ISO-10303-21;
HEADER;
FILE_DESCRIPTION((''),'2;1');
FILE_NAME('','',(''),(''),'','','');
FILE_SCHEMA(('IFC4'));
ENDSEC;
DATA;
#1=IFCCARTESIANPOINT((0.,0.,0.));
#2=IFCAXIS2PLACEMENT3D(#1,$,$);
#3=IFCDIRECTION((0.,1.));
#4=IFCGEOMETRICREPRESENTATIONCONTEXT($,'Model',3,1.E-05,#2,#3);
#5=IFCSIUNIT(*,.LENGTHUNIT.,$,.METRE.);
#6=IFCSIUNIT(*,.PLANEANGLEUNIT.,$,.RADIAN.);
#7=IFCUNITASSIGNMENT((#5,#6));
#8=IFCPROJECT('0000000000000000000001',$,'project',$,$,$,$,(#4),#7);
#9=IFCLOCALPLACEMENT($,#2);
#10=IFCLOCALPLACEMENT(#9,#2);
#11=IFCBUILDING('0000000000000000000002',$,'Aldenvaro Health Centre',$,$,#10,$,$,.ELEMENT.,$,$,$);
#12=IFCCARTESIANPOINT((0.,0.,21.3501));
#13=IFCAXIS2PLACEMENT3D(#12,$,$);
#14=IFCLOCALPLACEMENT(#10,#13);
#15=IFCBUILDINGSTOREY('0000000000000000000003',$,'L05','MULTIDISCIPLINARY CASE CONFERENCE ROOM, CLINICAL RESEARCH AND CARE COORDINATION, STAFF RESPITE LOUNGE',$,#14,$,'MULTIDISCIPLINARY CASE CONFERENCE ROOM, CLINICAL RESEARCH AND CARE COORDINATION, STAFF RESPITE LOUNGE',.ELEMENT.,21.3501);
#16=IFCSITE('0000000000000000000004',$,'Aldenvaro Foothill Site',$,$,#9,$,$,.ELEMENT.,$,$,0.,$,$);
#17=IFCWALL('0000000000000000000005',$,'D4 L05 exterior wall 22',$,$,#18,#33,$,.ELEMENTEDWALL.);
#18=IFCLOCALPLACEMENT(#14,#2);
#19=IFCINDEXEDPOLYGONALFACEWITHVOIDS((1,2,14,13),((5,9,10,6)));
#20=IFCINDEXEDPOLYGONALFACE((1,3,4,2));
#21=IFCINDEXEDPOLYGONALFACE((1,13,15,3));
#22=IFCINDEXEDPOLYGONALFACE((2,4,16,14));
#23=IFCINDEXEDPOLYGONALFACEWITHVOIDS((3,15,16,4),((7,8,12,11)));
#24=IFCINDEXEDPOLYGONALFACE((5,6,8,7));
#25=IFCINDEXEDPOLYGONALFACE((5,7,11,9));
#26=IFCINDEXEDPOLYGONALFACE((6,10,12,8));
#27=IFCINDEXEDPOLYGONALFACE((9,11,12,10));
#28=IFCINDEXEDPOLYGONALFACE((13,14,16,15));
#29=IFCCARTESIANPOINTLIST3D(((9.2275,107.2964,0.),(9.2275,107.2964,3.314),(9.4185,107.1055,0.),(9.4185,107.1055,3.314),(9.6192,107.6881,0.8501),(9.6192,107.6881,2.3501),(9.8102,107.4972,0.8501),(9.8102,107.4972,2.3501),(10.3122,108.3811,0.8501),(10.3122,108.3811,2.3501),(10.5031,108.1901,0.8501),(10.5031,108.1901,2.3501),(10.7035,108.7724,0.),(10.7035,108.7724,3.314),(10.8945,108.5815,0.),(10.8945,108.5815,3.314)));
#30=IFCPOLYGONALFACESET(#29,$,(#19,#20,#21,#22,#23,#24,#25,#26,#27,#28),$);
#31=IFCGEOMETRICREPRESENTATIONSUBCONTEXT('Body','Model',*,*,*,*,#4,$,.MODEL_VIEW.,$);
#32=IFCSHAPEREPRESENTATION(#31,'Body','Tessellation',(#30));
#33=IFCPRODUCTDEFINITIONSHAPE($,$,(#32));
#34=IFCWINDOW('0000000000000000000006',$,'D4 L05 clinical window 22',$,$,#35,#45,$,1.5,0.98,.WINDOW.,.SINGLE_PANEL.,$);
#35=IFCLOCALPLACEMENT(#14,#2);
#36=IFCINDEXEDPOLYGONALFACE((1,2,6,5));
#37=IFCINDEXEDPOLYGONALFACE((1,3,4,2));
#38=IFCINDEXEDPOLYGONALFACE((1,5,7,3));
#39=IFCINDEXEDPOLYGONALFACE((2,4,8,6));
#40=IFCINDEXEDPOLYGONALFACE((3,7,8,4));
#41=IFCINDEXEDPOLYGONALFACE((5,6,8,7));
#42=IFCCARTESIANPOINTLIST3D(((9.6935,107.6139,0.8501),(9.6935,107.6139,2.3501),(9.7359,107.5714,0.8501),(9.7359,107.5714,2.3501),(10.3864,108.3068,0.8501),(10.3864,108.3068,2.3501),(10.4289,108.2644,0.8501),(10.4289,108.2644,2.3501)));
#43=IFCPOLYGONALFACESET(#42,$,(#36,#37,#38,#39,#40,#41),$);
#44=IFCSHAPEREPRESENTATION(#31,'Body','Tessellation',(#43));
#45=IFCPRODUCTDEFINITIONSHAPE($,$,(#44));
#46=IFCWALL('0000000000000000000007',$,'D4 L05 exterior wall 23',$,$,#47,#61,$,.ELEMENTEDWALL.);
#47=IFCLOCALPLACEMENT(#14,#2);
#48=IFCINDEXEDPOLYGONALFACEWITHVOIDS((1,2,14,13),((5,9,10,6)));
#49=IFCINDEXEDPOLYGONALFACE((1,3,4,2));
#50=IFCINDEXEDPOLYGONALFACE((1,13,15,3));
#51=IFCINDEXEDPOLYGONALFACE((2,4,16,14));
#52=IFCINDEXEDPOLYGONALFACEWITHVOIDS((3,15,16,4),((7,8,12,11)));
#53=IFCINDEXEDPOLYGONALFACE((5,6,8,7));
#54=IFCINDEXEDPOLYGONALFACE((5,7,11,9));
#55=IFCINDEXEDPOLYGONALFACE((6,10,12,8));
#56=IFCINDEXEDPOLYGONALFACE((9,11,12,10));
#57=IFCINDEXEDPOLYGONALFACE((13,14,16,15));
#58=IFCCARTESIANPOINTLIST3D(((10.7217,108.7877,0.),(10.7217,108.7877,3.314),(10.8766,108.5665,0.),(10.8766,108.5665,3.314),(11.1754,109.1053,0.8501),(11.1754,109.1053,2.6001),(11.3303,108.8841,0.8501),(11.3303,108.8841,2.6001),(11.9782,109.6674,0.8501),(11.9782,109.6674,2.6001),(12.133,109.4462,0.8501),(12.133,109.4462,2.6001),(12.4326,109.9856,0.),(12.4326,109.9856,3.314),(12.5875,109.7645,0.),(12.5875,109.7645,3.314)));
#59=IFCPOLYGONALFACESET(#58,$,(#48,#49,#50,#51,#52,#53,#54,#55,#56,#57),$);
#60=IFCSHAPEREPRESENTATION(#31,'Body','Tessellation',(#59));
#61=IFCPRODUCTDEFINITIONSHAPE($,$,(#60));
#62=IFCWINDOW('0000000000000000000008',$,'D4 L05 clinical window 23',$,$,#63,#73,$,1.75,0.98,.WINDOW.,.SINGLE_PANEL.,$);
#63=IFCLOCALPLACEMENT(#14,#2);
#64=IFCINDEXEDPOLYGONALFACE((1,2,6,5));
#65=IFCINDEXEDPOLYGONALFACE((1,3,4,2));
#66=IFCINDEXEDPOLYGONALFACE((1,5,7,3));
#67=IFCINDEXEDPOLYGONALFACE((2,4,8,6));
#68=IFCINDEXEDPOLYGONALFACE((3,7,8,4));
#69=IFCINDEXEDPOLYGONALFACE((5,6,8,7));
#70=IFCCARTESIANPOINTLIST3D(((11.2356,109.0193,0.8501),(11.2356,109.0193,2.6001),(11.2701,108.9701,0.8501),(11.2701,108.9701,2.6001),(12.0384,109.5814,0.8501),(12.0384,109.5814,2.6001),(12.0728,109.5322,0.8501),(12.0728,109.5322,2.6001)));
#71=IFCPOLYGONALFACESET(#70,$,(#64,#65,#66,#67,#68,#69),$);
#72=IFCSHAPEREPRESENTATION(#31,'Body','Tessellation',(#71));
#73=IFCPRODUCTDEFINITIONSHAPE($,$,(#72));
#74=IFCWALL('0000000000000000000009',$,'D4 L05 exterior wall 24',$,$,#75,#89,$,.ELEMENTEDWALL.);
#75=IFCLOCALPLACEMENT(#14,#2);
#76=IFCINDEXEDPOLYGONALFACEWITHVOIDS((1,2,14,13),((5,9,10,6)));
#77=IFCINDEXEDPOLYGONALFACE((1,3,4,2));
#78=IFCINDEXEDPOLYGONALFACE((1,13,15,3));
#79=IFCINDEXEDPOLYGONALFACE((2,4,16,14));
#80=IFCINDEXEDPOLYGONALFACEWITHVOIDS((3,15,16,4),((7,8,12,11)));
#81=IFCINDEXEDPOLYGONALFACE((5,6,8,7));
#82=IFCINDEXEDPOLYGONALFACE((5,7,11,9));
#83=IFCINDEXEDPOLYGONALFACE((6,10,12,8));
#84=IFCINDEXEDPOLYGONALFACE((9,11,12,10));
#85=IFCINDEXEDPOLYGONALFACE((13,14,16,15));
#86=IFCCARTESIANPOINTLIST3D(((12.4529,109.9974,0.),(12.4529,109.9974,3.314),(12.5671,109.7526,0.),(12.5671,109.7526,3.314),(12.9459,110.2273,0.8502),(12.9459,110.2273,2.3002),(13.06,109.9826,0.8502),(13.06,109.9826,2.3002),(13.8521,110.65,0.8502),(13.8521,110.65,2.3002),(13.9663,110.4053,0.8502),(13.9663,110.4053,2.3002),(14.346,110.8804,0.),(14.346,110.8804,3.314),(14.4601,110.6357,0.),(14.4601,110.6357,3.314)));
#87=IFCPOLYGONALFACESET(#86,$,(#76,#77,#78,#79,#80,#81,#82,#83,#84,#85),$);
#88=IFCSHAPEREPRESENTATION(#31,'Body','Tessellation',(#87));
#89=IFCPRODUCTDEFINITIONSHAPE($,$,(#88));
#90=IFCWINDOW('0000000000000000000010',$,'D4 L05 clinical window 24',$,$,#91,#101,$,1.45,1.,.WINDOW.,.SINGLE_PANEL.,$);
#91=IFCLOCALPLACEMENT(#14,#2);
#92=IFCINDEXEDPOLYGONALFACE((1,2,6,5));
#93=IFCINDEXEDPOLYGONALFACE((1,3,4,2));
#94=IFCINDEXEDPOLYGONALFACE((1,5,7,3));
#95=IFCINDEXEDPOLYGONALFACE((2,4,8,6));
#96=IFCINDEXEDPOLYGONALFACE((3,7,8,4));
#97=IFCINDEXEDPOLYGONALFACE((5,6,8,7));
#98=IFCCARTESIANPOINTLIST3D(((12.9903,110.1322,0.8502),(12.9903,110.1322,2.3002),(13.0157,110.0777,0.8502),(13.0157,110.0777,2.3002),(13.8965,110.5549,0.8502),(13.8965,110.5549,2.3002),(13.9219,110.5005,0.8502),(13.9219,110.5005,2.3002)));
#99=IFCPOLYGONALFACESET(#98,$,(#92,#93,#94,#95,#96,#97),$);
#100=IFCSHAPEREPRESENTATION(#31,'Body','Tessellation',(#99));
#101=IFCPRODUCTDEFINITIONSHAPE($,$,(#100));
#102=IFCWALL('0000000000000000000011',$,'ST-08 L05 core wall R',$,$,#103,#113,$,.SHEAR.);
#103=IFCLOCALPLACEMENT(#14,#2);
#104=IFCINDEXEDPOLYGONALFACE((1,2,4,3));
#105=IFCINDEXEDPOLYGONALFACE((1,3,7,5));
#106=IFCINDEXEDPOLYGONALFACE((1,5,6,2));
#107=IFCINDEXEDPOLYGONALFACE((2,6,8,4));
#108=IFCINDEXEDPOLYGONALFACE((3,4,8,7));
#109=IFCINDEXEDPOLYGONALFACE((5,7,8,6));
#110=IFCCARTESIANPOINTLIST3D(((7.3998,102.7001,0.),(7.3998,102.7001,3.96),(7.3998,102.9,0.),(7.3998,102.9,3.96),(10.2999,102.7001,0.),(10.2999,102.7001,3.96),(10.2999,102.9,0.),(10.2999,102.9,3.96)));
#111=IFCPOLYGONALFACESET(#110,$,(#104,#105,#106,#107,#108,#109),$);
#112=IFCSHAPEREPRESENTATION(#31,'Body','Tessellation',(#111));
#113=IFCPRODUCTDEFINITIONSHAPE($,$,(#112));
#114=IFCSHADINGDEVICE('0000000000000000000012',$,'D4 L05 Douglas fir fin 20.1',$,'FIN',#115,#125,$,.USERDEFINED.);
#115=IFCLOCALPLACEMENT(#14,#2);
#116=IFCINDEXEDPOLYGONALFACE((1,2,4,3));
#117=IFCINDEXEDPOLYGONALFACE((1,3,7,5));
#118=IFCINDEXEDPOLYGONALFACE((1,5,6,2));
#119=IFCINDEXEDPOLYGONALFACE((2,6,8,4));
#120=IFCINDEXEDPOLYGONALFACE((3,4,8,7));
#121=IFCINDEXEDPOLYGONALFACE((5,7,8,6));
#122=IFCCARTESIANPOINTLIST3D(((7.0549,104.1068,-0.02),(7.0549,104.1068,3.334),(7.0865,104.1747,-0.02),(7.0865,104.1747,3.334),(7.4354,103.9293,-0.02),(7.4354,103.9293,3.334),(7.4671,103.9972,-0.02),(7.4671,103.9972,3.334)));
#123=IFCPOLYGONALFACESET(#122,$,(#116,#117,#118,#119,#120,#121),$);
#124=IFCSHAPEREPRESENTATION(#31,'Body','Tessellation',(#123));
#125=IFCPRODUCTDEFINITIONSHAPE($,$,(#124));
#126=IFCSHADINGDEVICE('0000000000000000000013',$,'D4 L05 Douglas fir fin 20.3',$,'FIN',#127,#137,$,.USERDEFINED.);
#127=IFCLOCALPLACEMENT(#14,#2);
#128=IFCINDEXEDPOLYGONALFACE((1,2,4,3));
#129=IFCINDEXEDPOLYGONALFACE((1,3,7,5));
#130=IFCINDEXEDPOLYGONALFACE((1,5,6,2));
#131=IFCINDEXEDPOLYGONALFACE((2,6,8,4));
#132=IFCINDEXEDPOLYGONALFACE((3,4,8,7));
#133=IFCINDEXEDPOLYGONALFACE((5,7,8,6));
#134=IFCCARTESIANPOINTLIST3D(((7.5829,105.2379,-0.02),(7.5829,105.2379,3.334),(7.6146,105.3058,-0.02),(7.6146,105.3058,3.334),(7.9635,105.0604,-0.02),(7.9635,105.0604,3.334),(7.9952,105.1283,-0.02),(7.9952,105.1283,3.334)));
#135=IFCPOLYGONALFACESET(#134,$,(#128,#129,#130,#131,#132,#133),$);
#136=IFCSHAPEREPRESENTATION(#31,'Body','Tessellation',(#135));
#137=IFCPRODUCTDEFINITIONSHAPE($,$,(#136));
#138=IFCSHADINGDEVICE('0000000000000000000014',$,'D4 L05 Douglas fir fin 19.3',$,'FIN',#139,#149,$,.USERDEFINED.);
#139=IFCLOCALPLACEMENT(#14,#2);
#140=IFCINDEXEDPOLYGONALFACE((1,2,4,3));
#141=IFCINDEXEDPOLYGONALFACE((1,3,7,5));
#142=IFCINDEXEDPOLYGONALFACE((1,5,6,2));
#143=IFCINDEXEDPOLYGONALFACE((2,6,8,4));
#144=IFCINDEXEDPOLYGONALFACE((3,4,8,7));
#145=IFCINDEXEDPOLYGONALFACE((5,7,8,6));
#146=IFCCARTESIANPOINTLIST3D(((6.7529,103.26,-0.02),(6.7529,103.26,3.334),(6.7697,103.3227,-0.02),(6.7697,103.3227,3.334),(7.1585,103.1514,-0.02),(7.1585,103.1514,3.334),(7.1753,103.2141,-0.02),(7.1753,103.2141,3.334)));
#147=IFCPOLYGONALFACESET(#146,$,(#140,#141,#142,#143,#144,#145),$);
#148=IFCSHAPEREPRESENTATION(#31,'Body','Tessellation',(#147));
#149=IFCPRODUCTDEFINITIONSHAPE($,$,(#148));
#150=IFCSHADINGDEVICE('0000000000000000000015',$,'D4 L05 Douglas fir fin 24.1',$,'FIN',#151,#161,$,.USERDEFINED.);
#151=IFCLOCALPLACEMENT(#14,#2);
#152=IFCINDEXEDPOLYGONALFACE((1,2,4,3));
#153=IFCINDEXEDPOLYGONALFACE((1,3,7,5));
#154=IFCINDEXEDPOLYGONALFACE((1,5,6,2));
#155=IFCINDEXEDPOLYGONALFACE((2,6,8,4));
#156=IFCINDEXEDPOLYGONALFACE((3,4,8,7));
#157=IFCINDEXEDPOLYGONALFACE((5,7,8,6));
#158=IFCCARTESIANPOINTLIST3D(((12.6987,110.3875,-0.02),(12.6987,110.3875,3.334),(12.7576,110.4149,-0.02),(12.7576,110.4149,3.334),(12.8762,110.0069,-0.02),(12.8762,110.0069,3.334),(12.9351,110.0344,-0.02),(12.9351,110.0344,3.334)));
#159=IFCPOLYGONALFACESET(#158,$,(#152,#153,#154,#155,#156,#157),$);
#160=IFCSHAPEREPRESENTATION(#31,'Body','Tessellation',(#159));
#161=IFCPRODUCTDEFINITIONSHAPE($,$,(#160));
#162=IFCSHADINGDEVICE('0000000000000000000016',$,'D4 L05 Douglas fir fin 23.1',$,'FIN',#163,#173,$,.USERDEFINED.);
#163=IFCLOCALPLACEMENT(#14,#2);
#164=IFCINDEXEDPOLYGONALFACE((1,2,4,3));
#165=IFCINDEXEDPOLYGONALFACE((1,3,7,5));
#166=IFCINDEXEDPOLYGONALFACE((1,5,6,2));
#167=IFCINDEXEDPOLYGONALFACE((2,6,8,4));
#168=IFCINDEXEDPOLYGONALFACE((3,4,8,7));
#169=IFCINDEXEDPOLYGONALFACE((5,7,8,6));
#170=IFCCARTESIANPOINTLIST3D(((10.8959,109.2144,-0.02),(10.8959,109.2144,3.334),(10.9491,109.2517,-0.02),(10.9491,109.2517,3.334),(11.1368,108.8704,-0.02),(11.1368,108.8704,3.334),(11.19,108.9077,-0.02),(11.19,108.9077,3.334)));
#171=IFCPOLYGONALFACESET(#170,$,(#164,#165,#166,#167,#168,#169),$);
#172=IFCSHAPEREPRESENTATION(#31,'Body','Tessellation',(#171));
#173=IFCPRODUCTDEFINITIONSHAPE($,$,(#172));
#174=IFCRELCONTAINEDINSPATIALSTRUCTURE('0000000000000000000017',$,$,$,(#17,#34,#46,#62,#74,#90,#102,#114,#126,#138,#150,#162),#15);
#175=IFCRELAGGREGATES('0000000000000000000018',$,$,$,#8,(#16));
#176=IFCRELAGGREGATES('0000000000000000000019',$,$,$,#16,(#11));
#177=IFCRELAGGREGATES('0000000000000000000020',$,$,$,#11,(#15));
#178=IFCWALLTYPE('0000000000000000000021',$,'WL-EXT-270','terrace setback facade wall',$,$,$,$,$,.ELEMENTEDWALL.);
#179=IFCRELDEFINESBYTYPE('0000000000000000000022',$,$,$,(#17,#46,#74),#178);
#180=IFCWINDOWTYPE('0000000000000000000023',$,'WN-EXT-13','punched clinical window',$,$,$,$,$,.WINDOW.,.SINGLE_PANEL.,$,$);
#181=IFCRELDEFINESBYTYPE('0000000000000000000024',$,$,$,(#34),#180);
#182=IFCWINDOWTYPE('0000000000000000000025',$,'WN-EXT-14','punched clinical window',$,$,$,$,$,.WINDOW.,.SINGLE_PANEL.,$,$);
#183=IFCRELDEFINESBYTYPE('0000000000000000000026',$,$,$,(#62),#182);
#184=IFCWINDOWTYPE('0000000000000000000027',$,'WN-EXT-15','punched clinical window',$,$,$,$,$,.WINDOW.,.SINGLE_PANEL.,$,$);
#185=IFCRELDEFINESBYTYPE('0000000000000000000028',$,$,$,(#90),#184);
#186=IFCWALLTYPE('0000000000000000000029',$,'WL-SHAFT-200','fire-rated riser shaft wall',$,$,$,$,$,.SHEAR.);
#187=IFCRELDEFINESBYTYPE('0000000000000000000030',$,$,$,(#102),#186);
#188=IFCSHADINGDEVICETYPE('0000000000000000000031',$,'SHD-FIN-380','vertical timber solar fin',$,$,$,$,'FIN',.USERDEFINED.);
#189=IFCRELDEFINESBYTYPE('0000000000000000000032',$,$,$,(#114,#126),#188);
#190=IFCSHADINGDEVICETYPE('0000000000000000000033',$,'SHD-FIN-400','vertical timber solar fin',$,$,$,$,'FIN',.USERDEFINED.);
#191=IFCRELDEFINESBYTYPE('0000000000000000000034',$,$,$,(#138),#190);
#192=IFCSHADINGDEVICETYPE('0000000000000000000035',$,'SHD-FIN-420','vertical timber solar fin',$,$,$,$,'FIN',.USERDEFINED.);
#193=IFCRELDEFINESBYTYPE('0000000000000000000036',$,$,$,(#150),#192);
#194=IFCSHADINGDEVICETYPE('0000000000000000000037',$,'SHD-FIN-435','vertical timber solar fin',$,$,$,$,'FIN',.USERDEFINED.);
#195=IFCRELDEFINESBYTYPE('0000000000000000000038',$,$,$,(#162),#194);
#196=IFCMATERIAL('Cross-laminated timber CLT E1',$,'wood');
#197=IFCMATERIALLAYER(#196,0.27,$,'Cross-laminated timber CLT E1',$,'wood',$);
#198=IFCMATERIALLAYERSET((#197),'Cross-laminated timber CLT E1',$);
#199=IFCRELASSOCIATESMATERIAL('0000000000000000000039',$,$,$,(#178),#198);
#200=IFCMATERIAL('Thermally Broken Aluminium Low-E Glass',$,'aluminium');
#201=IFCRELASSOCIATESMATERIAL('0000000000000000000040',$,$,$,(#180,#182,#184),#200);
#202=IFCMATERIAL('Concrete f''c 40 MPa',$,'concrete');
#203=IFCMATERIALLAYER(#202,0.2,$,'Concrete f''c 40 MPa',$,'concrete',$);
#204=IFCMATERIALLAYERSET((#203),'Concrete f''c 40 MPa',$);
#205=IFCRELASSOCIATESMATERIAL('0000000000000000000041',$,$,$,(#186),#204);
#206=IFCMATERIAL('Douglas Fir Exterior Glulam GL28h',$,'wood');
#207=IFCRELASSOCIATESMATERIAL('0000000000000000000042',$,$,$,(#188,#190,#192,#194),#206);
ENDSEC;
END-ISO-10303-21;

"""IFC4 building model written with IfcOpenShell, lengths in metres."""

from ifc_helpers import new_model, si_unit, direction, frame, frame_2d, origin, origin_2d, place, context, subcontext, project, spatial, rectangle, extrude, material, layer, layer_set, type_object, element, fill, save


model = new_model("IFC4")

# Units and contexts
model_context = context("Model", 3, precision=1e-05, world=origin(), true_north=direction((0.0, 1.0)))
body_context = subcontext(model_context, "Body", "Model", "MODEL_VIEW")
ifc_project = project(units=[si_unit("LENGTHUNIT", "METRE"), si_unit("PLANEANGLEUNIT", "RADIAN")], contexts=[model_context])

# Site, building, storey
site_placement = place(None, origin())
site = spatial("IfcSite", under=ifc_project, at=site_placement, Name="Aldenvaro Foothill Site", CompositionType="ELEMENT", RefElevation=0.0)
building_placement = place(site_placement, origin())
building = spatial("IfcBuilding", under=site, at=building_placement, Name="Aldenvaro Health Centre", CompositionType="ELEMENT")
storey_placement = place(building_placement, frame((0.0, 0.0, 21.3501)))
storey = spatial("IfcBuildingStorey", under=building, at=storey_placement, Name="L05", Description="MULTIDISCIPLINARY CASE CONFERENCE ROOM, CLINICAL RESEARCH AND CARE COORDINATION, STAFF RESPITE LOUNGE", LongName="MULTIDISCIPLINARY CASE CONFERENCE ROOM, CLINICAL RESEARCH AND CARE COORDINATION, STAFF RESPITE LOUNGE", CompositionType="ELEMENT", Elevation=21.3501)

# Shared definitions
ifc_material_1 = material(Name="Cross-laminated timber CLT E1", Category="wood")
ifc_layer_1 = layer(ifc_material_1, 0.27, Name="Cross-laminated timber CLT E1", Category="wood")
ifc_layer_set_1 = layer_set([ifc_layer_1], Name="Cross-laminated timber CLT E1")
wall_type_1 = type_object("IfcWallType", Name="WL-EXT-270", Description="terrace setback facade wall", PredefinedType="ELEMENTEDWALL", material=ifc_layer_set_1)
ifc_material_2 = material(Name="Thermally Broken Aluminium Low-E Glass", Category="aluminium")

# Walls, openings, windows
wall_1_placement = place(storey_placement, frame((9.323, 107.2009, 0.0), z_axis=(0.0, 0.0, 1.0), x_axis=(0.707107, 0.707107, 0.0)))
wall_1 = element("IfcWall", 1, at=wall_1_placement, inside=storey, type_object=wall_type_1, Name="D4 L05 exterior wall 22", PredefinedType="ELEMENTEDWALL", context=body_context, shape_type="SweptSolid", body=[
    extrude(rectangle(XDim=2.0874, YDim=0.27, at=frame_2d((1.0437, 0.0))), origin(), (0.0, 0.0, 1.0), 3.314),
])
opening_1_placement = place(wall_1_placement, frame((0.554, 0.0, 0.8501)))
opening_1 = element("IfcOpeningElement", 2, at=opening_1_placement, cuts=wall_1, PredefinedType="OPENING", context=body_context, shape_type="SweptSolid", body=[
    extrude(rectangle(XDim=0.98, YDim=1.5, at=frame_2d((0.49, 0.75))), frame((0.0, 0.145, 0.0), z_axis=(0.0, -1.0, 0.0), x_axis=(1.0, 0.0, 0.0)), (0.0, 0.0, 1.0), 0.29),
])
window_type_1 = type_object("IfcWindowType", Name="WN-EXT-13", Description="punched clinical window", PartitioningType="SINGLE_PANEL", PredefinedType="WINDOW", material=ifc_material_2)
window_1_placement = place(opening_1_placement, origin())
window_1 = element("IfcWindow", 3, at=window_1_placement, inside=storey, type_object=window_type_1, Name="D4 L05 clinical window 22", OverallHeight=1.5, OverallWidth=0.98, PartitioningType="SINGLE_PANEL", PredefinedType="WINDOW", context=body_context, shape_type="SweptSolid", body=[
    extrude(rectangle(XDim=0.98, YDim=1.5, at=frame_2d((0.49, 0.75))), frame((0.0, 0.03, 0.0), z_axis=(0.0, -1.0, 0.0), x_axis=(1.0, 0.0, 0.0)), (0.0, 0.0, 1.0), 0.0601),
])
fill(opening_1, window_1)
wall_2_placement = place(storey_placement, frame((10.7991, 108.677, 0.0), z_axis=(0.0, 0.0, 1.0), x_axis=(0.819155, 0.573572, 0.0)))
wall_2 = element("IfcWall", 4, at=wall_2_placement, inside=storey, type_object=wall_type_1, Name="D4 L05 exterior wall 23", PredefinedType="ELEMENTEDWALL", context=body_context, shape_type="SweptSolid", body=[
    extrude(rectangle(XDim=2.0886, YDim=0.27, at=frame_2d((1.0444, 0.0))), origin(), (0.0, 0.0, 1.0), 3.314),
])
opening_2_placement = place(wall_2_placement, frame((0.554, 0.0, 0.8501)))
opening_2 = element("IfcOpeningElement", 5, at=opening_2_placement, cuts=wall_2, PredefinedType="OPENING", context=body_context, shape_type="SweptSolid", body=[
    extrude(rectangle(XDim=0.98, YDim=1.75, at=frame_2d((0.49, 0.875))), frame((0.0, 0.145, 0.0), z_axis=(0.0, -1.0, 0.0), x_axis=(1.0, 0.0, 0.0)), (0.0, 0.0, 1.0), 0.29),
])
window_type_2 = type_object("IfcWindowType", Name="WN-EXT-14", Description="punched clinical window", PartitioningType="SINGLE_PANEL", PredefinedType="WINDOW", material=ifc_material_2)
window_2_placement = place(opening_2_placement, origin())
window_2 = element("IfcWindow", 6, at=window_2_placement, inside=storey, type_object=window_type_2, Name="D4 L05 clinical window 23", OverallHeight=1.75, OverallWidth=0.98, PartitioningType="SINGLE_PANEL", PredefinedType="WINDOW", context=body_context, shape_type="SweptSolid", body=[
    extrude(rectangle(XDim=0.98, YDim=1.75, at=frame_2d((0.49, 0.875))), frame((0.0, 0.03, 0.0), z_axis=(0.0, -1.0, 0.0), x_axis=(1.0, 0.0, 0.0)), (0.0, 0.0, 1.0), 0.0601),
])
fill(opening_2, window_2)
wall_3_placement = place(storey_placement, frame((12.51, 109.875, 0.0), z_axis=(0.0, 0.0, 1.0), x_axis=(0.906252, 0.422738, 0.0)))
wall_3 = element("IfcWall", 7, at=wall_3_placement, inside=storey, type_object=wall_type_1, Name="D4 L05 exterior wall 24", PredefinedType="ELEMENTEDWALL", context=body_context, shape_type="SweptSolid", body=[
    extrude(rectangle(XDim=2.0889, YDim=0.27, at=frame_2d((1.0444, 0.0))), origin(), (0.0, 0.0, 1.0), 3.314),
])
opening_3_placement = place(wall_3_placement, frame((0.5439, 0.0, 0.8501)))
opening_3 = element("IfcOpeningElement", 8, at=opening_3_placement, cuts=wall_3, PredefinedType="OPENING", context=body_context, shape_type="SweptSolid", body=[
    extrude(rectangle(XDim=1.0, YDim=1.45, at=frame_2d((0.5, 0.7251))), frame((0.0, 0.145, 0.0), z_axis=(0.0, -1.0, 0.0), x_axis=(1.0, 0.0, 0.0)), (0.0, 0.0, 1.0), 0.29),
])
window_type_3 = type_object("IfcWindowType", Name="WN-EXT-15", Description="punched clinical window", PartitioningType="SINGLE_PANEL", PredefinedType="WINDOW", material=ifc_material_2)
window_3_placement = place(opening_3_placement, origin())
window_3 = element("IfcWindow", 9, at=window_3_placement, inside=storey, type_object=window_type_3, Name="D4 L05 clinical window 24", OverallHeight=1.45, OverallWidth=1.0, PartitioningType="SINGLE_PANEL", PredefinedType="WINDOW", context=body_context, shape_type="SweptSolid", body=[
    extrude(rectangle(XDim=1.0, YDim=1.45, at=frame_2d((0.5, 0.7251))), frame((0.0, 0.03, 0.0), z_axis=(0.0, -1.0, 0.0), x_axis=(1.0, 0.0, 0.0)), (0.0, 0.0, 1.0), 0.0601),
])
fill(opening_3, window_3)

# Wall
ifc_material_3 = material(Name="Concrete f'c 40 MPa", Category="concrete")
ifc_layer_2 = layer(ifc_material_3, 0.2, Name="Concrete f'c 40 MPa", Category="concrete")
ifc_layer_set_2 = layer_set([ifc_layer_2], Name="Concrete f'c 40 MPa")
wall_type_2 = type_object("IfcWallType", Name="WL-SHAFT-200", Description="fire-rated riser shaft wall", PredefinedType="SHEAR", material=ifc_layer_set_2)
wall_4_placement = place(storey_placement, frame((10.3, 102.8, 0.0), z_axis=(0.0, 0.0, 1.0), x_axis=(-1.0, 0.0, 0.0)))
element("IfcWall", 10, at=wall_4_placement, inside=storey, type_object=wall_type_2, Name="ST-08 L05 core wall R", PredefinedType="SHEAR", context=body_context, shape_type="SweptSolid", body=[
    extrude(rectangle(XDim=2.9001, YDim=0.2, at=frame_2d((1.4502, 0.0))), origin(), (0.0, 0.0, 1.0), 3.96),
])

# Shading devices
ifc_material_4 = material(Name="Douglas Fir Exterior Glulam GL28h", Category="wood")
shading_device_type_1 = type_object("IfcShadingDeviceType", Name="SHD-FIN-380", Description="vertical timber solar fin", ElementType="FIN", PredefinedType="USERDEFINED", material=ifc_material_4)
for number, where, z_axis, x_axis, name in (
    (11, (7.261, 104.052, -0.02), (0.0, 0.0, 1.0), (0.422728, 0.906257, 0.0), "D4 L05 Douglas fir fin 20.1"),
    (12, (7.7891, 105.1831, -0.02), (0.0, 0.0, 1.0), (0.422728, 0.906257, 0.0), "D4 L05 Douglas fir fin 20.3"),
):
    element("IfcShadingDevice", number, at=place(storey_placement, frame(where, z_axis=z_axis, x_axis=x_axis)), inside=storey, type_object=shading_device_type_1, Name=name, ObjectType="FIN", PredefinedType="USERDEFINED", context=body_context, shape_type="SweptSolid", body=[
        extrude(rectangle(XDim=0.075, YDim=0.4199, at=origin_2d()), origin(), (0.0, 0.0, 1.0), 3.354),
    ])
shading_device_type_2 = type_object("IfcShadingDeviceType", Name="SHD-FIN-400", Description="vertical timber solar fin", ElementType="FIN", PredefinedType="USERDEFINED", material=ifc_material_4)
shading_device_1_placement = place(storey_placement, frame((6.9641, 103.2371, -0.02), z_axis=(0.0, 0.0, 1.0), x_axis=(0.258616, 0.96598, 0.0)))
element("IfcShadingDevice", 13, at=shading_device_1_placement, inside=storey, type_object=shading_device_type_2, Name="D4 L05 Douglas fir fin 19.3", ObjectType="FIN", PredefinedType="USERDEFINED", context=body_context, shape_type="SweptSolid", body=[
    extrude(rectangle(XDim=0.0649, YDim=0.4199, at=origin_2d()), origin(), (0.0, 0.0, 1.0), 3.354),
])
shading_device_type_3 = type_object("IfcShadingDeviceType", Name="SHD-FIN-420", Description="vertical timber solar fin", ElementType="FIN", PredefinedType="USERDEFINED", material=ifc_material_4)
shading_device_2_placement = place(storey_placement, frame((12.8169, 110.2109, -0.02), z_axis=(0.0, 0.0, 1.0), x_axis=(0.906257, 0.422728, 0.0)))
element("IfcShadingDevice", 14, at=shading_device_2_placement, inside=storey, type_object=shading_device_type_3, Name="D4 L05 Douglas fir fin 24.1", ObjectType="FIN", PredefinedType="USERDEFINED", context=body_context, shape_type="SweptSolid", body=[
    extrude(rectangle(XDim=0.0649, YDim=0.4199, at=origin_2d()), origin(), (0.0, 0.0, 1.0), 3.354),
])
shading_device_type_4 = type_object("IfcShadingDeviceType", Name="SHD-FIN-435", Description="vertical timber solar fin", ElementType="FIN", PredefinedType="USERDEFINED", material=ifc_material_4)
for number, where, z_axis, x_axis, name in (
    (15, (11.043, 109.061, -0.02), (0.0, 0.0, 1.0), (0.819164, 0.573559, 0.0), "D4 L05 Douglas fir fin 23.1"),
):
    element("IfcShadingDevice", number, at=place(storey_placement, frame(where, z_axis=z_axis, x_axis=x_axis)), inside=storey, type_object=shading_device_type_4, Name=name, ObjectType="FIN", PredefinedType="USERDEFINED", context=body_context, shape_type="SweptSolid", body=[
        extrude(rectangle(XDim=0.0649, YDim=0.4199, at=origin_2d()), origin(), (0.0, 0.0, 1.0), 3.354),
    ])

save(model, "model.ifc")
